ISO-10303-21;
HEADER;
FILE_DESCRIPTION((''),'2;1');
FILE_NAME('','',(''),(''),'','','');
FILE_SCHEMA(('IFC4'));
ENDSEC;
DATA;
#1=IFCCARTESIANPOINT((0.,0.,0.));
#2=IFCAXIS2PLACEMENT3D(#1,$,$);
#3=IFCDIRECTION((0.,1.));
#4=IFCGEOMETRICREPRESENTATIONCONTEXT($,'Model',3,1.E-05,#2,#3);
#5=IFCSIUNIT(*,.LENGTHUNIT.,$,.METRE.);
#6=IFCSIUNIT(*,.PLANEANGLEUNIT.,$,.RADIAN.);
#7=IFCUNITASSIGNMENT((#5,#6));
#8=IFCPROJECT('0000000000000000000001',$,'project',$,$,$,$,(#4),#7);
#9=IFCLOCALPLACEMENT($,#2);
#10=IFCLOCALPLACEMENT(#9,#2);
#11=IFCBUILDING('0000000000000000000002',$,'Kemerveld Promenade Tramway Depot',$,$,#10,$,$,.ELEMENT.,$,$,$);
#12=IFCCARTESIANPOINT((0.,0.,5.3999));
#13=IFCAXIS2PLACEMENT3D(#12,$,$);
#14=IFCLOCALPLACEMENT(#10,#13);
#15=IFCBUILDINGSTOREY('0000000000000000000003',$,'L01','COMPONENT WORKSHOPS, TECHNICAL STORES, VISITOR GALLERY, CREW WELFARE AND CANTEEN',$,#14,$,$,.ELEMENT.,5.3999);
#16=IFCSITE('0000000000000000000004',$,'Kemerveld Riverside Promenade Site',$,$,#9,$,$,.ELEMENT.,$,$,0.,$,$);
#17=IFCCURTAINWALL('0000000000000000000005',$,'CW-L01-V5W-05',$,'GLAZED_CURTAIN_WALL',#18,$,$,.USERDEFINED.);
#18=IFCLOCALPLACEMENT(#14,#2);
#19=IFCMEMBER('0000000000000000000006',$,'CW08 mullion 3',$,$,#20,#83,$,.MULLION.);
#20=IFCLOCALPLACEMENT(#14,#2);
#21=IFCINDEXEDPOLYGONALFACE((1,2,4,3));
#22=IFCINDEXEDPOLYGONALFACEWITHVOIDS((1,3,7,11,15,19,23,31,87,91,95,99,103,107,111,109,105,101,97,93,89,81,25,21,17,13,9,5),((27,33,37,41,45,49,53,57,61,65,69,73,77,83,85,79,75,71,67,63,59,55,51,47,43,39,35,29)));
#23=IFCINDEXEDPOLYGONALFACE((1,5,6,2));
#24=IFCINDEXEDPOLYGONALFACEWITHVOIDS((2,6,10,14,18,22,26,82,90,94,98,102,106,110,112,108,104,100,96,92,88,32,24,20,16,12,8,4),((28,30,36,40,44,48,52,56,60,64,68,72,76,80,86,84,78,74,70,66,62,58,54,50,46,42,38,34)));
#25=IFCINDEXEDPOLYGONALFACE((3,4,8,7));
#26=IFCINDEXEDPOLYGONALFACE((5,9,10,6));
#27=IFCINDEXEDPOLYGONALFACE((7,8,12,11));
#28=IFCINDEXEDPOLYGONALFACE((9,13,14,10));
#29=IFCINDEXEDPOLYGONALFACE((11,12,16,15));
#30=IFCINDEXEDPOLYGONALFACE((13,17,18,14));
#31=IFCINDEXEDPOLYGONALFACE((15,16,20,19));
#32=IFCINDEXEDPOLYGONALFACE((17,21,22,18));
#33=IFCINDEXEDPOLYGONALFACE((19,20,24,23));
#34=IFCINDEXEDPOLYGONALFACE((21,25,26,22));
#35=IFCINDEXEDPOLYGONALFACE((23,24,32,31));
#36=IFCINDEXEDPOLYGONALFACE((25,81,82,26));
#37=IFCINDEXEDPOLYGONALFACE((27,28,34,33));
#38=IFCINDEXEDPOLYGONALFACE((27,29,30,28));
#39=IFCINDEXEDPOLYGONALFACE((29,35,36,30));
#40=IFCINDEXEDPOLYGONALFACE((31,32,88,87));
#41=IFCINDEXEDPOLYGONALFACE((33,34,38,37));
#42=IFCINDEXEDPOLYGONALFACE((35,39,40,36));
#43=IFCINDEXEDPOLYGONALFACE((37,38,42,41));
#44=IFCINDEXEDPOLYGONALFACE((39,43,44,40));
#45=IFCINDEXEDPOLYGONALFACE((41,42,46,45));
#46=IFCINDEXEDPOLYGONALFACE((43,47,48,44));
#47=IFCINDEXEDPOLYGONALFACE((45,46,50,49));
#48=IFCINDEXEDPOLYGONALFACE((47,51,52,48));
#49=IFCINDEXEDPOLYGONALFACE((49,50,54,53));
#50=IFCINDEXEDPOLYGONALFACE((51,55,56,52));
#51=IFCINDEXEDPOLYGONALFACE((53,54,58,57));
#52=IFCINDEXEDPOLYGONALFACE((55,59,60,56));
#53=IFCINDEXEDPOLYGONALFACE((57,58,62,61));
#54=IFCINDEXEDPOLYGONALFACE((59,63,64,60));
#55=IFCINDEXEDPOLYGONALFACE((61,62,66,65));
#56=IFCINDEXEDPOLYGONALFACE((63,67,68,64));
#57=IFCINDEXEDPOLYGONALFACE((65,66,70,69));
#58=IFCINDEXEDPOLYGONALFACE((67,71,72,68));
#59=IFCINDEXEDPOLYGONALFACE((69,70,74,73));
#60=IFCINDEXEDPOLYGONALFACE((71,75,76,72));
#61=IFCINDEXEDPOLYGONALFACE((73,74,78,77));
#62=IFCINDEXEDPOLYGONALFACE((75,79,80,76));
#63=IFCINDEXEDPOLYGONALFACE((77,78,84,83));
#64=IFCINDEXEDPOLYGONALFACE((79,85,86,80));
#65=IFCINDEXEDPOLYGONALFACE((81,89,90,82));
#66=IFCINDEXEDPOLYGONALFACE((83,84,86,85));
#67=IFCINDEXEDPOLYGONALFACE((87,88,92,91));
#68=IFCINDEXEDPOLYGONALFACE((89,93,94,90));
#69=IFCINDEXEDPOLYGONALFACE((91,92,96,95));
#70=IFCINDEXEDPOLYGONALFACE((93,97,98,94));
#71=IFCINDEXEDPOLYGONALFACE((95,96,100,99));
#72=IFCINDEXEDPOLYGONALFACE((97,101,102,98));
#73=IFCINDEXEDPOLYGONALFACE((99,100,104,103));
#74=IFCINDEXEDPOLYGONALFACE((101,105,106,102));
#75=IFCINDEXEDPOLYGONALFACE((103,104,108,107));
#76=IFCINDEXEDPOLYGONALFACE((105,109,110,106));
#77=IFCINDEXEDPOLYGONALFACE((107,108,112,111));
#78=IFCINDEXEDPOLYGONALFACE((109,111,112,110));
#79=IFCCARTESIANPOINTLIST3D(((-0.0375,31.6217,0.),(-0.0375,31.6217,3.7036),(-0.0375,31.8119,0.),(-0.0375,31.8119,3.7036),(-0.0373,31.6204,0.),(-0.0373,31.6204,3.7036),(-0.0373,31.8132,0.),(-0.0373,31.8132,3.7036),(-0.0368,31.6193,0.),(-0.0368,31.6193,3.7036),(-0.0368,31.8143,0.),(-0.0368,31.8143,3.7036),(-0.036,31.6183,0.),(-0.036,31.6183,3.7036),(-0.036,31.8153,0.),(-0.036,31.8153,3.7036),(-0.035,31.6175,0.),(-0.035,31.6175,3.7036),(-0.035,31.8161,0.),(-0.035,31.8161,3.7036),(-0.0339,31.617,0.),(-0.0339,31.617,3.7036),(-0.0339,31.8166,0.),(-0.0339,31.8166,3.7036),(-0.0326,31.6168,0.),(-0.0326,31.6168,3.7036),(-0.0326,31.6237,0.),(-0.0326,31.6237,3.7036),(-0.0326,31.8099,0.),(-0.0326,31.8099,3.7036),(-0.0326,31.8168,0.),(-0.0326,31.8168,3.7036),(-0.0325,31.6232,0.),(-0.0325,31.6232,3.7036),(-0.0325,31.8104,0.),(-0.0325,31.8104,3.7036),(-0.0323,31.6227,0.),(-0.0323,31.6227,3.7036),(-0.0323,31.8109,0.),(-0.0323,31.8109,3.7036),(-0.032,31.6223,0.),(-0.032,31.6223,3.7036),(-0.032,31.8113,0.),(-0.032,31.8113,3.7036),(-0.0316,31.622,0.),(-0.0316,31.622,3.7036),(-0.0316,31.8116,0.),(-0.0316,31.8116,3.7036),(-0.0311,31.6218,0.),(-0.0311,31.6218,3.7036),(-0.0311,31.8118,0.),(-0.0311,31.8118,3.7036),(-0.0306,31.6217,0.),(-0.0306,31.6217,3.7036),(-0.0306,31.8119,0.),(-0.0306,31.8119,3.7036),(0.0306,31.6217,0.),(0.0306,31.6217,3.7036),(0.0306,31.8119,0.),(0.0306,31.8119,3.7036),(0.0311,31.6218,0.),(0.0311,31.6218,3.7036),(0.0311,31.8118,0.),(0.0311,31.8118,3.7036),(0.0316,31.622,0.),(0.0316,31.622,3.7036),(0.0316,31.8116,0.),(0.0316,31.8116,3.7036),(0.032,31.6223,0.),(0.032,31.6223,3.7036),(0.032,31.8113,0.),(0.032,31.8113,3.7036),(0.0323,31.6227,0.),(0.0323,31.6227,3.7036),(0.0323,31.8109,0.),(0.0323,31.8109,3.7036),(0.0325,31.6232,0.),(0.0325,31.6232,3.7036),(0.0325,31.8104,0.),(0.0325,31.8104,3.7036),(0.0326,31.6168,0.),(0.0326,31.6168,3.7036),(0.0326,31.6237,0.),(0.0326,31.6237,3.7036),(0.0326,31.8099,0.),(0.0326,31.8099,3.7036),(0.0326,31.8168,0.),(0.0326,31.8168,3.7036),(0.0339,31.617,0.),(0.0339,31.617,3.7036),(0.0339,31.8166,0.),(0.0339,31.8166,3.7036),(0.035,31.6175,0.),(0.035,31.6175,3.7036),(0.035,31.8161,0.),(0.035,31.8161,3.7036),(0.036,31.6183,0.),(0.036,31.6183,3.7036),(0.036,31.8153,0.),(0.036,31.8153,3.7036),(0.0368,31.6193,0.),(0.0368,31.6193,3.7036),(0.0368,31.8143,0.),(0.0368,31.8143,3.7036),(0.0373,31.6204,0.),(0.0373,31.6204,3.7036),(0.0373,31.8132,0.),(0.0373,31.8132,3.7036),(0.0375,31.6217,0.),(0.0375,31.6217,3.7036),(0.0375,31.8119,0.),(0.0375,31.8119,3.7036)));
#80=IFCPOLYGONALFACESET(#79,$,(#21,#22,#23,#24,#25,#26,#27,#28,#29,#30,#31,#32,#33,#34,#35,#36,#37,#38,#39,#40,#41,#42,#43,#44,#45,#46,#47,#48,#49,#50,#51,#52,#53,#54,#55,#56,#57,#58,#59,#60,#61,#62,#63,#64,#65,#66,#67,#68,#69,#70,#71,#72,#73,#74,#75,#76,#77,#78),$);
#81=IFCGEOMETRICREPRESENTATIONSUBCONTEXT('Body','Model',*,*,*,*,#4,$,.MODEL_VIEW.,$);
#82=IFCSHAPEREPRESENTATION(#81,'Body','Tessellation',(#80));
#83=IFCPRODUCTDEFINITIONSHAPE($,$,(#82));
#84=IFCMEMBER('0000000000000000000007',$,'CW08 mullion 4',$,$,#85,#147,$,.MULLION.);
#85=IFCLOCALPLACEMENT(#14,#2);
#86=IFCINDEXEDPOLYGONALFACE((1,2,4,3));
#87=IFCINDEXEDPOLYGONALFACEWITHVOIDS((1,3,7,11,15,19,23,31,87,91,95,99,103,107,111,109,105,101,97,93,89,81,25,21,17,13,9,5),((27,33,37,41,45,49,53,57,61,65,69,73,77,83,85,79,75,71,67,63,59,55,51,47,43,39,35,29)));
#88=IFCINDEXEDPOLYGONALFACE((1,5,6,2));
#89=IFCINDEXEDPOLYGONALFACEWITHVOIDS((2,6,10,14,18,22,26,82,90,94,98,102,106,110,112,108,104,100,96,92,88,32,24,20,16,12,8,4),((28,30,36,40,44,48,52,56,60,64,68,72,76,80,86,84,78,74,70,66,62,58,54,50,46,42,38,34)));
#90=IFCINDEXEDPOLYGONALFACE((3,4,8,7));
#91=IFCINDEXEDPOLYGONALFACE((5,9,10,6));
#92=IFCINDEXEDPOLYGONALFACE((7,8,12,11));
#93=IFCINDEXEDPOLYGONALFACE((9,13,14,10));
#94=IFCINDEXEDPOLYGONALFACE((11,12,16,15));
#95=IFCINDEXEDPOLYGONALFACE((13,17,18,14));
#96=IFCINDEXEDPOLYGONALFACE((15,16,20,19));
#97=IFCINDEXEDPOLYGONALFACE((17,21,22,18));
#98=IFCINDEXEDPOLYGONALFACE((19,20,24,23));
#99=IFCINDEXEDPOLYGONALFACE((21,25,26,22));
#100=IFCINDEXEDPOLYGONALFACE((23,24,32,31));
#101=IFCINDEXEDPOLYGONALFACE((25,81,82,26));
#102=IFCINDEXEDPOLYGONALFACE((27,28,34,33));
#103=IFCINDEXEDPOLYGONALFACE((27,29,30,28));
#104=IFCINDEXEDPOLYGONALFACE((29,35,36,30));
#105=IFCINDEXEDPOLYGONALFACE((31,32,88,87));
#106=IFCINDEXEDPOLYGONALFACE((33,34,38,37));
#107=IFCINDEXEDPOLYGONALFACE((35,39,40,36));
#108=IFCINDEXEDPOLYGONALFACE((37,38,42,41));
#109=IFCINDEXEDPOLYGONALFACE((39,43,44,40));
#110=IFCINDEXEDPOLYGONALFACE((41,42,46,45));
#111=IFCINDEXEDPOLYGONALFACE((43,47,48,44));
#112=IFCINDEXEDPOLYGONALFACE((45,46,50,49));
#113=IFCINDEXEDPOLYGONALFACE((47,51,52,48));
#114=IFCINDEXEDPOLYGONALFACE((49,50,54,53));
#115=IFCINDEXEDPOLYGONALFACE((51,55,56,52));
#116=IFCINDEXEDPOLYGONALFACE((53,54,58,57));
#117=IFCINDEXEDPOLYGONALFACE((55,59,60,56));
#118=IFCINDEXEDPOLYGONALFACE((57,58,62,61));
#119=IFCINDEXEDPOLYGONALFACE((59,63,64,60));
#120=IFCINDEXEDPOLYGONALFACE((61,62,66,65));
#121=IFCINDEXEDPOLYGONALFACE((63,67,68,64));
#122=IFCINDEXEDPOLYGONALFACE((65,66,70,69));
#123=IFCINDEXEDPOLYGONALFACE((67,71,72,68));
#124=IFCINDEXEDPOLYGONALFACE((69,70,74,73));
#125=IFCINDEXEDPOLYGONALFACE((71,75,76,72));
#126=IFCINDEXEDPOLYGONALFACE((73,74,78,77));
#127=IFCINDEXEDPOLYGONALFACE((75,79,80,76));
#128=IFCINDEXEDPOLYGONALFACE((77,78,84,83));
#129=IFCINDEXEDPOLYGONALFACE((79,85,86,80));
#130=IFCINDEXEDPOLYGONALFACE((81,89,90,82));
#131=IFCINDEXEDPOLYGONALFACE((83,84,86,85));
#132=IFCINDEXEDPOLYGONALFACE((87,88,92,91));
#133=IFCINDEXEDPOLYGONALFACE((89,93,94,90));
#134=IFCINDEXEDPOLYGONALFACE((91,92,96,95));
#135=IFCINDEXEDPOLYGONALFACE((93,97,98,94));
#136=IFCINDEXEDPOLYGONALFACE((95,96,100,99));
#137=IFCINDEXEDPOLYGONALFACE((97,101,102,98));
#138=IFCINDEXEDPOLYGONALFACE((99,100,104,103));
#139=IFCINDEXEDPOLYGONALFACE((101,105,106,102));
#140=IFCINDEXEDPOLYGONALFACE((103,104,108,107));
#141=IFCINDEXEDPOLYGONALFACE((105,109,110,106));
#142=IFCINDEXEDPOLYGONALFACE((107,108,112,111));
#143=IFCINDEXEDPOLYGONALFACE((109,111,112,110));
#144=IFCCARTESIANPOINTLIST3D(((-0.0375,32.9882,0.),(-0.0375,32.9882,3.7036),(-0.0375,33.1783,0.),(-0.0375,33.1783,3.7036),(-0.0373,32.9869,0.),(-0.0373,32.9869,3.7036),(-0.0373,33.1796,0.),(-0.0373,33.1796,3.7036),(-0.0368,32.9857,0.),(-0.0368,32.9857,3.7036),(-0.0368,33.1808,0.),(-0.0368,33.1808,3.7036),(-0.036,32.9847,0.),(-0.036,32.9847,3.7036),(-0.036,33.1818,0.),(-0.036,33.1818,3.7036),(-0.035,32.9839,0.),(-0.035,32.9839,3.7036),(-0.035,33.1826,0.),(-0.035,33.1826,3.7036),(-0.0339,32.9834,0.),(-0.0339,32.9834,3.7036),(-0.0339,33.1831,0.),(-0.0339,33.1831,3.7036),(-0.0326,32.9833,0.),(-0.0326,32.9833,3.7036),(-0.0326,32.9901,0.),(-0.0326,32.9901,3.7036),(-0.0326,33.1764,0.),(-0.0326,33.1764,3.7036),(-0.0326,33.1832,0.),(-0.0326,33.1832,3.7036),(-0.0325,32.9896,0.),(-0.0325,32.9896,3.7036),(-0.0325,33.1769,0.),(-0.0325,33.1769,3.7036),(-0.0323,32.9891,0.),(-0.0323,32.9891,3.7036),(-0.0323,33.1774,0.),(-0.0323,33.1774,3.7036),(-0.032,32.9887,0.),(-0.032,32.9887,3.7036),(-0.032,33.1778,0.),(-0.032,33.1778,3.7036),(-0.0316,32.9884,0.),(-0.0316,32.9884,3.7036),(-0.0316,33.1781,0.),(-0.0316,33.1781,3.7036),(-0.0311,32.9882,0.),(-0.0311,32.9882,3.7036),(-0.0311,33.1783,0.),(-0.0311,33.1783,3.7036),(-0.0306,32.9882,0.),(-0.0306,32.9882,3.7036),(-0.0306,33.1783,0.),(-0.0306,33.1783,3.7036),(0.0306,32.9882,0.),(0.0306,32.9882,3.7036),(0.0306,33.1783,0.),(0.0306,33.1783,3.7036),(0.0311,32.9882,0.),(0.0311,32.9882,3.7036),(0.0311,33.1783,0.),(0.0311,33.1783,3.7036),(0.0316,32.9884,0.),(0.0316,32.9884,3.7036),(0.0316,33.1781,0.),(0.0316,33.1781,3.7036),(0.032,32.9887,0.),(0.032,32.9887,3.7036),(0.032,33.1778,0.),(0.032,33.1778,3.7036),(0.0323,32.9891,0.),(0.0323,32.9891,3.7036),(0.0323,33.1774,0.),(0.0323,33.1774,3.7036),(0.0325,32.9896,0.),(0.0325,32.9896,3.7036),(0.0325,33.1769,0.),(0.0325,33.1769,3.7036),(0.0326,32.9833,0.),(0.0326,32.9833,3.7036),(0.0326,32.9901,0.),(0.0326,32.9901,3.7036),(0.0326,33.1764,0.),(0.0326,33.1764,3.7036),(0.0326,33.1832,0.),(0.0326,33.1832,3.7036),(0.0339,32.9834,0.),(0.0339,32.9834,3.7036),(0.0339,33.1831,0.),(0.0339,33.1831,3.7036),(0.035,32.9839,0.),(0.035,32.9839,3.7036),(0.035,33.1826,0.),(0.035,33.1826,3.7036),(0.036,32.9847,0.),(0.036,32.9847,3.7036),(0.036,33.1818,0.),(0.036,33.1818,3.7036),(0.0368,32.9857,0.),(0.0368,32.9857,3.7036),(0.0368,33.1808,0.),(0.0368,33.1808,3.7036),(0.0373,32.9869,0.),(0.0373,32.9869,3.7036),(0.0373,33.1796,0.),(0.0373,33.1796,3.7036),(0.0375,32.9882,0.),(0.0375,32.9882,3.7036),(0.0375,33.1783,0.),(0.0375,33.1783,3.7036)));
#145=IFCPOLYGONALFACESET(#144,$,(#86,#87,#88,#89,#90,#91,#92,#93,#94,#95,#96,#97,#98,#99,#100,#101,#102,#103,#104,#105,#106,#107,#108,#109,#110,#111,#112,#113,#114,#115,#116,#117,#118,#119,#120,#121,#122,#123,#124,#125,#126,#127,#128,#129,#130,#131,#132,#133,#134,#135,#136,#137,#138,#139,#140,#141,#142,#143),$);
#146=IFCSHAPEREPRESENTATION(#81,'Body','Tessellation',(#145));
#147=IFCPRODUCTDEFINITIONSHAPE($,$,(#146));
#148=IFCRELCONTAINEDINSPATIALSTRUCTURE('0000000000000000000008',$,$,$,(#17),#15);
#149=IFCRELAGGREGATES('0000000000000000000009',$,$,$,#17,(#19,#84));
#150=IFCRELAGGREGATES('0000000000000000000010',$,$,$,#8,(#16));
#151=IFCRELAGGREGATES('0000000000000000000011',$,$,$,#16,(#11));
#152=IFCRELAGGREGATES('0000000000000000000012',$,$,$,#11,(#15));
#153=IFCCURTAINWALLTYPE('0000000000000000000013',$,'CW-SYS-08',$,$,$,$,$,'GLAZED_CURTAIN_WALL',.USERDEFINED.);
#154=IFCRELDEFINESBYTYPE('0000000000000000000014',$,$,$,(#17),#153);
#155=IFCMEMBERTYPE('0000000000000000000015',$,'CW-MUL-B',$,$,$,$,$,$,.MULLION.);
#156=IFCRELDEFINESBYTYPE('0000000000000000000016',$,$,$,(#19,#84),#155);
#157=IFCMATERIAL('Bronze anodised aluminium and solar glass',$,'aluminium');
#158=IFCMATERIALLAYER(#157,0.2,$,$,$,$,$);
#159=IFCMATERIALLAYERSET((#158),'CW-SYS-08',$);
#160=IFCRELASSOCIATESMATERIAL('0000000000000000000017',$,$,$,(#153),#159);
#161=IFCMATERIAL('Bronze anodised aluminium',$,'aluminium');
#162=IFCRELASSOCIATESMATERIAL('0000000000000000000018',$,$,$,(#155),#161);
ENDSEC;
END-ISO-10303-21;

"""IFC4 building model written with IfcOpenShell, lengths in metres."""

from ifc_helpers import new_model, si_unit, direction, frame, origin, origin_2d, place, context, subcontext, project, spatial, hollow_rectangle, extrude, material, layer, layer_set, material_profile, profile_set, type_object, element, aggregate, save


model = new_model("IFC4")

# Units and contexts
model_context = context("Model", 3, precision=1e-05, world=origin(), true_north=direction((0.0, 1.0)))
body_context = subcontext(model_context, "Body", "Model", "MODEL_VIEW")
ifc_project = project(units=[si_unit("LENGTHUNIT", "METRE"), si_unit("PLANEANGLEUNIT", "RADIAN")], contexts=[model_context])

# Site, building, storey
site_placement = place(None, origin())
site = spatial("IfcSite", under=ifc_project, at=site_placement, Name="Kemerveld Riverside Promenade Site", CompositionType="ELEMENT", RefElevation=0.0)
building_placement = place(site_placement, origin())
building = spatial("IfcBuilding", under=site, at=building_placement, Name="Kemerveld Promenade Tramway Depot", CompositionType="ELEMENT")
storey_placement = place(building_placement, frame((0.0, 0.0, 5.3999)))
storey = spatial("IfcBuildingStorey", under=building, at=storey_placement, Name="L01", Description="COMPONENT WORKSHOPS, TECHNICAL STORES, VISITOR GALLERY, CREW WELFARE AND CANTEEN", CompositionType="ELEMENT", Elevation=5.3999)

# Curtain wall, members
ifc_material_1 = material(Name="Bronze anodised aluminium and solar glass", Category="aluminium")
ifc_layer_1 = layer(ifc_material_1, 0.2)
ifc_layer_set_1 = layer_set([ifc_layer_1], Name="CW-SYS-08")
curtain_wall_type = type_object("IfcCurtainWallType", Name="CW-SYS-08", ElementType="GLAZED_CURTAIN_WALL", PredefinedType="USERDEFINED", material=ifc_layer_set_1)
curtain_wall_placement = place(storey_placement, origin())
curtain_wall = element("IfcCurtainWall", 1, at=curtain_wall_placement, inside=storey, type_object=curtain_wall_type, Name="CW-L01-V5W-05", ObjectType="GLAZED_CURTAIN_WALL", PredefinedType="USERDEFINED")
ifc_material_2 = material(Name="Bronze anodised aluminium", Category="aluminium")
ifc_material_profile_1 = material_profile(ifc_material_2, hollow_rectangle(XDim=0.075, YDim=0.2, WallThickness=0.0049, InnerFilletRadius=0.002, OuterFilletRadius=0.0049, at=origin_2d()), Name="CW-MUL-200x75")
ifc_profile_set_1 = profile_set([ifc_material_profile_1], Name="Bronze anodised aluminium")
member_type_1 = type_object("IfcMemberType", Name="CW-MUL-B", PredefinedType="MULLION", material=ifc_profile_set_1)
member_1_placement = place(storey_placement, frame((0.0, 31.7168, 0.0), z_axis=(0.0, 0.0, 1.0), x_axis=(-1.0, 0.0, 0.0)))
member_1 = element("IfcMember", 2, at=member_1_placement, type_object=member_type_1, Name="CW08 mullion 3", PredefinedType="MULLION", context=body_context, shape_type="SweptSolid", body=[
    extrude(hollow_rectangle(XDim=0.075, YDim=0.2, WallThickness=0.0049, InnerFilletRadius=0.002, OuterFilletRadius=0.0049, at=origin_2d()), origin(), (0.0, 0.0, 1.0), 3.7036),
])
member_2_placement = place(storey_placement, frame((0.0, 33.0833, 0.0), z_axis=(0.0, 0.0, 1.0), x_axis=(-1.0, 0.0, 0.0)))
member_2 = element("IfcMember", 3, at=member_2_placement, type_object=member_type_1, Name="CW08 mullion 4", PredefinedType="MULLION", context=body_context, shape_type="SweptSolid", body=[
    extrude(hollow_rectangle(XDim=0.075, YDim=0.2, WallThickness=0.0049, InnerFilletRadius=0.002, OuterFilletRadius=0.0049, at=origin_2d()), origin(), (0.0, 0.0, 1.0), 3.7036),
])
aggregate(curtain_wall, [member_1, member_2])

save(model, "model.ifc")
